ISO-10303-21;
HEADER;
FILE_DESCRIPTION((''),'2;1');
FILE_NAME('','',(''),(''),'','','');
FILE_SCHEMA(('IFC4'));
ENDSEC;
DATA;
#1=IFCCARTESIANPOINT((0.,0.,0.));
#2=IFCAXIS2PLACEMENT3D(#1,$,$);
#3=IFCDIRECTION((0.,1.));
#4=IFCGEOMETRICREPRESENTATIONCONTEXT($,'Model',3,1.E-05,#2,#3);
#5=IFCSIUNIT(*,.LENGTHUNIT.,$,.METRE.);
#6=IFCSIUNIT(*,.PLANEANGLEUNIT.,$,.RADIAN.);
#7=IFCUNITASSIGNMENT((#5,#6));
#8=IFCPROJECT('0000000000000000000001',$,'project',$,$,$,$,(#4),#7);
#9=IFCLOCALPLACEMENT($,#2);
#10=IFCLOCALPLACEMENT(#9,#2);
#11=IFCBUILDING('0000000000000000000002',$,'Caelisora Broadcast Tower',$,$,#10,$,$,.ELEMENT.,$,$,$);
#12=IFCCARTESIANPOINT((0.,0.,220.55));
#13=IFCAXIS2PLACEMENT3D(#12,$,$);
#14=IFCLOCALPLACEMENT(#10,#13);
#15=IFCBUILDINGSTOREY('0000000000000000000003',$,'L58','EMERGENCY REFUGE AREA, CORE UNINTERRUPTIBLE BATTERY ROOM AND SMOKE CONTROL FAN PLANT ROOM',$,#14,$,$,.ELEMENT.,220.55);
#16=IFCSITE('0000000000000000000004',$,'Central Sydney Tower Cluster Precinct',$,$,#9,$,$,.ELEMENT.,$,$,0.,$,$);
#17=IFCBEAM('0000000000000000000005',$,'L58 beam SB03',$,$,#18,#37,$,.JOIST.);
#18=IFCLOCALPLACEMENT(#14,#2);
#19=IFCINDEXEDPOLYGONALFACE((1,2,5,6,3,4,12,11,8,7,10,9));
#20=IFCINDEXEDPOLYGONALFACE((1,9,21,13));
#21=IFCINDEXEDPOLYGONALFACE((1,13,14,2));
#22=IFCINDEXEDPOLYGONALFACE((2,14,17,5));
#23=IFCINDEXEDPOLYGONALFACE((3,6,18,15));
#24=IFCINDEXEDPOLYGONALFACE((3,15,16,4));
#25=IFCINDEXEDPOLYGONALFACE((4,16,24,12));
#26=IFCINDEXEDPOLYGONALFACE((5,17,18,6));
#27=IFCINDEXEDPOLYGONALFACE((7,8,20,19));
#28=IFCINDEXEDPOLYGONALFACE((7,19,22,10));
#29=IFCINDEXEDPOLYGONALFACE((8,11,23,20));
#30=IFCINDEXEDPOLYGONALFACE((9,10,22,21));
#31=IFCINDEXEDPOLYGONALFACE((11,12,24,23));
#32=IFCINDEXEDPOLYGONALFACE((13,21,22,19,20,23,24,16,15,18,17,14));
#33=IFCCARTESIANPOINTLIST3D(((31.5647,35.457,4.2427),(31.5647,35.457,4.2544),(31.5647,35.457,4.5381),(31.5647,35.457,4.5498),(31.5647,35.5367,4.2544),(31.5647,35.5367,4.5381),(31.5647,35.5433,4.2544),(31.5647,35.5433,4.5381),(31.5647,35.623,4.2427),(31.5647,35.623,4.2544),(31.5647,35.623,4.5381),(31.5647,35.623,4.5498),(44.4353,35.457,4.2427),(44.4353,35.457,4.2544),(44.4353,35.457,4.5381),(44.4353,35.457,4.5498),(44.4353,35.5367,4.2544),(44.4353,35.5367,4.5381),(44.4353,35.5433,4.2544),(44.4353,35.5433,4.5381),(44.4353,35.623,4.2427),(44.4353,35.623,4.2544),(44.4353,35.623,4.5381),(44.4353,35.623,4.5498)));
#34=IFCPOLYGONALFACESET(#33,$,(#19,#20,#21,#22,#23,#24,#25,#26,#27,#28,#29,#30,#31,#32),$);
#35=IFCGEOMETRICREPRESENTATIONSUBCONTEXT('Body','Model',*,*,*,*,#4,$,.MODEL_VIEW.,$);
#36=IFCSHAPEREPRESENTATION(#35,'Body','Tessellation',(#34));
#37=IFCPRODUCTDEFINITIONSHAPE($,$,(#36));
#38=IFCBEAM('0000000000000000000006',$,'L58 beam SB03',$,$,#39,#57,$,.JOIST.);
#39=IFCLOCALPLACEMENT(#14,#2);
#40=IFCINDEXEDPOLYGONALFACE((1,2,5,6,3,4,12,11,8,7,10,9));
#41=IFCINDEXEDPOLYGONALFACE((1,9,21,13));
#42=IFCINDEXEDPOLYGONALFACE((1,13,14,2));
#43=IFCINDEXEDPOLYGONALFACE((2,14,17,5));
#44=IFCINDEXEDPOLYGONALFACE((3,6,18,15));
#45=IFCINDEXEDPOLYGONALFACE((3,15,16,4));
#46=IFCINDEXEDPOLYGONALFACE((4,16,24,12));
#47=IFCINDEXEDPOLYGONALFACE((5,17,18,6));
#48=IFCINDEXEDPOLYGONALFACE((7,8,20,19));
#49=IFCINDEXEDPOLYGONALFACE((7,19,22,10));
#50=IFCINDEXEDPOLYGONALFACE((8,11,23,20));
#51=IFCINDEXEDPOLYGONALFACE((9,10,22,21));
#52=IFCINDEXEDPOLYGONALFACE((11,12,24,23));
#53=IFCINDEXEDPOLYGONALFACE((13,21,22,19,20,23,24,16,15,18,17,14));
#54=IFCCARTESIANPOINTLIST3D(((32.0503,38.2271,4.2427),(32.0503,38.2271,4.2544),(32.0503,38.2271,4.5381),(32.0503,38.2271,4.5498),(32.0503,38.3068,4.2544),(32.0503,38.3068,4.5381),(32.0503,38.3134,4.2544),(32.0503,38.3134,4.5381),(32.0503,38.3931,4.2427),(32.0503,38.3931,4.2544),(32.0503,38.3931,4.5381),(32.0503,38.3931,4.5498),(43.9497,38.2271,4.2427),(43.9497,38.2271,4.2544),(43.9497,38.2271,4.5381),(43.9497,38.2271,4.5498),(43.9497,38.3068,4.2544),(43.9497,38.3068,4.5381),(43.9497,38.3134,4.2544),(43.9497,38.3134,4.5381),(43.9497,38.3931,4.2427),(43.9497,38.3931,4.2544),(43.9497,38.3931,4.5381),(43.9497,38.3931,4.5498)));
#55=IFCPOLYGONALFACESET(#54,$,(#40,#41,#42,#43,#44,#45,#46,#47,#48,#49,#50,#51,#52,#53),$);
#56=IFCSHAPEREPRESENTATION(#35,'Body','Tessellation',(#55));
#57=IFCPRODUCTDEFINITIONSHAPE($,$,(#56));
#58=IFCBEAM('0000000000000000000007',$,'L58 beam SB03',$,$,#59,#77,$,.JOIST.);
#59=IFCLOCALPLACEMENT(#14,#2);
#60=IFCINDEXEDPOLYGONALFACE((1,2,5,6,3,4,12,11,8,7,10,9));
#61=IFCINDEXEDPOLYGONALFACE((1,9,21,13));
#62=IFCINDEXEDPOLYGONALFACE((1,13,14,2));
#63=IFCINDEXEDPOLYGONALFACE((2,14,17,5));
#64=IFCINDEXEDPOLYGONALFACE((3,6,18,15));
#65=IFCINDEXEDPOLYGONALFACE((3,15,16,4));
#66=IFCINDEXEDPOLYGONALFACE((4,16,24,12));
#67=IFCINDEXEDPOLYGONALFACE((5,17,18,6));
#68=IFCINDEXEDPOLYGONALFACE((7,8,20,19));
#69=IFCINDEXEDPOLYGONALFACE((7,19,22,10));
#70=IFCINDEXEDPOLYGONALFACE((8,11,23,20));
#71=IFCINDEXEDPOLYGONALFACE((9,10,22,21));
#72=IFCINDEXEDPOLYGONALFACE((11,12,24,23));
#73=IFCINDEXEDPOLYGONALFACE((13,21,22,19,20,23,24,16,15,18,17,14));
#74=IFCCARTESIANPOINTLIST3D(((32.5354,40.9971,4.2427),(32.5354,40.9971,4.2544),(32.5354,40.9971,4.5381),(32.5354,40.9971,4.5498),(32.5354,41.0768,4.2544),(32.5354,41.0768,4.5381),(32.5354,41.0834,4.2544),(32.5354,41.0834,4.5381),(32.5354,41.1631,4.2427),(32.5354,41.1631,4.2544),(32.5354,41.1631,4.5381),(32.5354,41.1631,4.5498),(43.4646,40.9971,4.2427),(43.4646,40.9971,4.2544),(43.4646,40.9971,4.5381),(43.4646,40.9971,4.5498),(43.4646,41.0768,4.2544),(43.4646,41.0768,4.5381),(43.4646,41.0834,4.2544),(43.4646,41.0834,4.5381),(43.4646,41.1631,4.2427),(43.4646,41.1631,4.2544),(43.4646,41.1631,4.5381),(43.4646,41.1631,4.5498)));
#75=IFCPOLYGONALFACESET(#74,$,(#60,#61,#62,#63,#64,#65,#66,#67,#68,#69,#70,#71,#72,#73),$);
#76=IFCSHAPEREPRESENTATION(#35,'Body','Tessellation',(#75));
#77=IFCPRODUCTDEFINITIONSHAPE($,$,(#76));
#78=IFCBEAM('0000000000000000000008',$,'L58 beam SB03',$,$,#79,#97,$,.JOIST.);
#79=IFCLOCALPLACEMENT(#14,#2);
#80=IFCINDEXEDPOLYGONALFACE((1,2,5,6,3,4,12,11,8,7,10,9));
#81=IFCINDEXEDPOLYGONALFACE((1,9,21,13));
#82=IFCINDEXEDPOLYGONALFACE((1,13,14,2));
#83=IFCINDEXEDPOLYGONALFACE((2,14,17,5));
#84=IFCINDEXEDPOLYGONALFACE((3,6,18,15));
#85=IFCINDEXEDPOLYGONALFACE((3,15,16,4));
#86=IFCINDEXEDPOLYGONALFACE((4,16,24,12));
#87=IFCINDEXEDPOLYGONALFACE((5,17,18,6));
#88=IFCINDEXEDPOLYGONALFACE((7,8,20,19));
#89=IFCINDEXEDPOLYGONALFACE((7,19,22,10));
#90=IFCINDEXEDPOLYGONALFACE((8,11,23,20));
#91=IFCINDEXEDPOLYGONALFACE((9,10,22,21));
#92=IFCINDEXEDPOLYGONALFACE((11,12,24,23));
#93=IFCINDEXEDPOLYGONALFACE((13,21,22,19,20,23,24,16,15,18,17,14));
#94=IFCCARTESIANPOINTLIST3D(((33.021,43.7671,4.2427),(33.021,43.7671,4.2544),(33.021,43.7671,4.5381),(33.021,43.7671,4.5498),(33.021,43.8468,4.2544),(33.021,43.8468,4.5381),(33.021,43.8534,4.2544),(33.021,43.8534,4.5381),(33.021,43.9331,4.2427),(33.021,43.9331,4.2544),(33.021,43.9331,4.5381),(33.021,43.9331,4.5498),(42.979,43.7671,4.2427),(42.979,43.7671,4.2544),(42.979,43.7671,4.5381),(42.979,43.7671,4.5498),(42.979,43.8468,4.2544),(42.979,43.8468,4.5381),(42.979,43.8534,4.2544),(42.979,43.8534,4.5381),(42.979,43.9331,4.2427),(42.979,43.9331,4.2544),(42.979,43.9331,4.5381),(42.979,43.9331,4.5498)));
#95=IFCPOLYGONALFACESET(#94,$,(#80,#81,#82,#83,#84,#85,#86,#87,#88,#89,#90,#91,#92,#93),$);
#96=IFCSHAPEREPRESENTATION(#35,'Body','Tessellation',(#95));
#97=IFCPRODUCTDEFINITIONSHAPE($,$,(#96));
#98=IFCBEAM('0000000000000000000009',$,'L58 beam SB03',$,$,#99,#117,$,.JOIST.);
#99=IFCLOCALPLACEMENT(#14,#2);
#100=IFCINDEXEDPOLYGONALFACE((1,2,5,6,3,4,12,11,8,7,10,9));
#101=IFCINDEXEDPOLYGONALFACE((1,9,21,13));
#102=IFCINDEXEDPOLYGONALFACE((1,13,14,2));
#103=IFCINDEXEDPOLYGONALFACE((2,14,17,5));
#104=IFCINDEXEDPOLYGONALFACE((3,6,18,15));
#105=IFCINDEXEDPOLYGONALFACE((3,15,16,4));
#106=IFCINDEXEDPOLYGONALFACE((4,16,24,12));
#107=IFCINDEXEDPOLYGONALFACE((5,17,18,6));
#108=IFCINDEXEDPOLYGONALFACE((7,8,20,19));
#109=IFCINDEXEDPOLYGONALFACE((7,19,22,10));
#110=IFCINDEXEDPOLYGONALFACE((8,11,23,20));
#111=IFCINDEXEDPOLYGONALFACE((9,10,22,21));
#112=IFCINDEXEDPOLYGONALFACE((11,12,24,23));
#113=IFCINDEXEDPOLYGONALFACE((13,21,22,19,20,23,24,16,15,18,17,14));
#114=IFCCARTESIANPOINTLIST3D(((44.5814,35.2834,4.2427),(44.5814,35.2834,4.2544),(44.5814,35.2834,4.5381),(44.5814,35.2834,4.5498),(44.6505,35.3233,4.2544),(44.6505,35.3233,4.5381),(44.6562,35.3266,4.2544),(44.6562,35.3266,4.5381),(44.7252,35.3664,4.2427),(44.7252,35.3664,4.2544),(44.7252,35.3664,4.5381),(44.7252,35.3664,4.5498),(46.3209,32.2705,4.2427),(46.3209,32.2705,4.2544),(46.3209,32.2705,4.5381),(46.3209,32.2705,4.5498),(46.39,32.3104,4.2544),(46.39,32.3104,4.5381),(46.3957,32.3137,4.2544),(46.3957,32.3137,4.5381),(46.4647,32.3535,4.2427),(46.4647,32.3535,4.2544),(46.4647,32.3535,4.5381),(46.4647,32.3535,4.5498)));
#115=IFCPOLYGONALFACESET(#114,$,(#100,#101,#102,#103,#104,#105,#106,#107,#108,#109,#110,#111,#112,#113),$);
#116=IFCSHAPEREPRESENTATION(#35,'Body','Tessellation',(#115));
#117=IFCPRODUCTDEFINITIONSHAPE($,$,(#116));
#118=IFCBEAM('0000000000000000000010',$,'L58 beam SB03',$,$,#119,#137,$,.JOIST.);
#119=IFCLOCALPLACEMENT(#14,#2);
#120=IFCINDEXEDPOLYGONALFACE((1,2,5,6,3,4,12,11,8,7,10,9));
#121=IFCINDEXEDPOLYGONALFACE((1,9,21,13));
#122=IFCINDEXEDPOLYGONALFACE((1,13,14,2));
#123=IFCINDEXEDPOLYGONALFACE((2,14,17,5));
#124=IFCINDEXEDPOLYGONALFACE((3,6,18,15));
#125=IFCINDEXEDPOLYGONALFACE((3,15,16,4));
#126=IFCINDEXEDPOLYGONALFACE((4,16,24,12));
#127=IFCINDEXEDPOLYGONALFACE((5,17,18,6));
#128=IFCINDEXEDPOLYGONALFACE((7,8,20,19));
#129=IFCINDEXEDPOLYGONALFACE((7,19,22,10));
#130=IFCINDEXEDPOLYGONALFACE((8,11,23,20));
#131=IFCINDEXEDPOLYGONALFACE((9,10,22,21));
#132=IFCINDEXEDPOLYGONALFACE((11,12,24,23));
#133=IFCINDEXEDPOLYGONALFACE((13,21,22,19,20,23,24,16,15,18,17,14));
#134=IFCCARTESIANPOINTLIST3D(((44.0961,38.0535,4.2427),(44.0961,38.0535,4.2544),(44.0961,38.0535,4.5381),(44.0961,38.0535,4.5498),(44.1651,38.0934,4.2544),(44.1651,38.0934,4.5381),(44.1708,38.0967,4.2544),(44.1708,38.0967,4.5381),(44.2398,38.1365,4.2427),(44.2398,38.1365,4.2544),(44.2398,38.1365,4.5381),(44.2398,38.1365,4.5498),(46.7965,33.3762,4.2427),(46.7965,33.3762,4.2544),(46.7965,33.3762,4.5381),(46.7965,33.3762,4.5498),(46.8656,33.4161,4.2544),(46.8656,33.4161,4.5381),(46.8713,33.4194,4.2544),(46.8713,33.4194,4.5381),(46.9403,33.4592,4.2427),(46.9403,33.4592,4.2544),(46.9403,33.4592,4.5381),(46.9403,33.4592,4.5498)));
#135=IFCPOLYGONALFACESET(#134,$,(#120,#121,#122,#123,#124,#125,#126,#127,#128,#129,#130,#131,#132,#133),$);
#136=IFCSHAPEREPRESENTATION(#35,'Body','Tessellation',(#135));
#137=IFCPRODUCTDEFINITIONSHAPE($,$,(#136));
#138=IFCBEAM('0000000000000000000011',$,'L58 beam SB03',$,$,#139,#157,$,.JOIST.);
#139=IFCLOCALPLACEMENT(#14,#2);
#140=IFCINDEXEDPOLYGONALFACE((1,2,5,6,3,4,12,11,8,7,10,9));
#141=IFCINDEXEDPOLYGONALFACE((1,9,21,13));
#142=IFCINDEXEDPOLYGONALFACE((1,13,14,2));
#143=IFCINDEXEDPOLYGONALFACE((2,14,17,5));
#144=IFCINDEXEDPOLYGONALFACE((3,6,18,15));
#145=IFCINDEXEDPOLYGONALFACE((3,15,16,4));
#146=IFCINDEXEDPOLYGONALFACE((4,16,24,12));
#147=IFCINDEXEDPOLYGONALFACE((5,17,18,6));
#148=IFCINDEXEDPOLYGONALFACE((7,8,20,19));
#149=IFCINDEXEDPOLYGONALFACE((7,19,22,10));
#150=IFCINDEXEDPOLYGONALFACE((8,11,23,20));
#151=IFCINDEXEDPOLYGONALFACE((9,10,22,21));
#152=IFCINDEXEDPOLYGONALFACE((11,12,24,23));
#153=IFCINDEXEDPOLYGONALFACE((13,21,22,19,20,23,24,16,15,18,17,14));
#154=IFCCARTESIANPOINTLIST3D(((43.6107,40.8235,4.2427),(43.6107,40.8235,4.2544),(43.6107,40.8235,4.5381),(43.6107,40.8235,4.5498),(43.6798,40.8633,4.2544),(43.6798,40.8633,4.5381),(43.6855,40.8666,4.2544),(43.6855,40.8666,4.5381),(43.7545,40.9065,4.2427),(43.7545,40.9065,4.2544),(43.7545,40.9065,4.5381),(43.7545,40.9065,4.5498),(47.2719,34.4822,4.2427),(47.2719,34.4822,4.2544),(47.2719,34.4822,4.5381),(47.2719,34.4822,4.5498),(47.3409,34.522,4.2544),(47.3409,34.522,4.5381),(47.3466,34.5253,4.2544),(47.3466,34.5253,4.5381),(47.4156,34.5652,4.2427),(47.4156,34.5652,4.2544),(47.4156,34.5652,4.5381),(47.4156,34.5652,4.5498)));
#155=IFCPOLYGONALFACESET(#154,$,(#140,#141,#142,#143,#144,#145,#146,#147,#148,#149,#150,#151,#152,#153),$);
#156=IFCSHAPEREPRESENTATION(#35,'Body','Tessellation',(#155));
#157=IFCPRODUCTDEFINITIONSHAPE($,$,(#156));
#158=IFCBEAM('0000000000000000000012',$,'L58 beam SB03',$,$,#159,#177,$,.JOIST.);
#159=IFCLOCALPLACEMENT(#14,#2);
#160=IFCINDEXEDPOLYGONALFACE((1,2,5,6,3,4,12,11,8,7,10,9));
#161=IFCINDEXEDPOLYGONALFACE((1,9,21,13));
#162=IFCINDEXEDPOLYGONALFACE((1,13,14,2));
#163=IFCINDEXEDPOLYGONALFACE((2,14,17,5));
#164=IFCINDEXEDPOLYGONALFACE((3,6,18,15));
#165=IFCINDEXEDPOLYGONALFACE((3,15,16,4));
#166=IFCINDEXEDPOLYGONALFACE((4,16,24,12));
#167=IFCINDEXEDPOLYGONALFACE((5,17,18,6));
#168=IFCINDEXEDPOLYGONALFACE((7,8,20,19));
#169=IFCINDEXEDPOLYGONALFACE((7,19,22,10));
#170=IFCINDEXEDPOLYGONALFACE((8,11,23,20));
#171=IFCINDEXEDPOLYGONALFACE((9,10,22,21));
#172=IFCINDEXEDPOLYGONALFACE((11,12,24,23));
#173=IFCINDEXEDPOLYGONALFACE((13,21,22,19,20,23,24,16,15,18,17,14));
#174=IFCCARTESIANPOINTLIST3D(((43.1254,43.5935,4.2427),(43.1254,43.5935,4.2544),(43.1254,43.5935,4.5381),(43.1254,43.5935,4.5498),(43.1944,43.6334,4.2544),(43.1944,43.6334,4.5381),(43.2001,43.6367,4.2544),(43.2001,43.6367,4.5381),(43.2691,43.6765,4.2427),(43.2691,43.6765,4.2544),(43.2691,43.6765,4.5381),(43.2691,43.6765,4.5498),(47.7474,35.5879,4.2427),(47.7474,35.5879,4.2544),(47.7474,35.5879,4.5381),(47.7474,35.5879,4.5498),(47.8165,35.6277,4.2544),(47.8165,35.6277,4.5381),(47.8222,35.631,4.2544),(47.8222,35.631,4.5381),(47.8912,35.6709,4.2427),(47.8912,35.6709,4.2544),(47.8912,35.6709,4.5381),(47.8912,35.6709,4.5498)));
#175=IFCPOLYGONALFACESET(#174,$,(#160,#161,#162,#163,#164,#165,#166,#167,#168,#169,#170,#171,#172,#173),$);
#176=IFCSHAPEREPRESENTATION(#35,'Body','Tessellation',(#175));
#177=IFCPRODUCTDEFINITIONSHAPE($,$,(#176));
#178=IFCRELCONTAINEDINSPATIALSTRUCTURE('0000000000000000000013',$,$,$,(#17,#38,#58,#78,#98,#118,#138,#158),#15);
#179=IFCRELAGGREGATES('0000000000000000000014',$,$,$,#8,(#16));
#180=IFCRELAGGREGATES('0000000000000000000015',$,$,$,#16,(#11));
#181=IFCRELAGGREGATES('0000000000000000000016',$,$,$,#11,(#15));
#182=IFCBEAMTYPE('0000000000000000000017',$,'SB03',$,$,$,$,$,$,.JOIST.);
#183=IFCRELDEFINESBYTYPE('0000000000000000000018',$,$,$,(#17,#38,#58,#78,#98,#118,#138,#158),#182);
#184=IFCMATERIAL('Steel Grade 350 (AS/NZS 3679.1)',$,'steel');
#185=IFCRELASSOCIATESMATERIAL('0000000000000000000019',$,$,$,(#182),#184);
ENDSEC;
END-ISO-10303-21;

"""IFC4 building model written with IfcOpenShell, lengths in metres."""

from ifc_helpers import new_model, si_unit, direction, frame, origin, origin_2d, place, context, subcontext, project, spatial, i_section, extrude, source, transform, mapped, material, material_profile, profile_set, type_object, element, save


model = new_model("IFC4")

# Units and contexts
model_context = context("Model", 3, precision=1e-05, world=origin(), true_north=direction((0.0, 1.0)))
body_context = subcontext(model_context, "Body", "Model", "MODEL_VIEW")
ifc_project = project(units=[si_unit("LENGTHUNIT", "METRE"), si_unit("PLANEANGLEUNIT", "RADIAN")], contexts=[model_context])

# Site, building, storey
site_placement = place(None, origin())
site = spatial("IfcSite", under=ifc_project, at=site_placement, Name="Central Sydney Tower Cluster Precinct", CompositionType="ELEMENT", RefElevation=0.0)
building_placement = place(site_placement, origin())
building = spatial("IfcBuilding", under=site, at=building_placement, Name="Caelisora Broadcast Tower", CompositionType="ELEMENT")
storey_placement = place(building_placement, frame((0.0, 0.0, 220.55)))
storey = spatial("IfcBuildingStorey", under=building, at=storey_placement, Name="L58", Description="EMERGENCY REFUGE AREA, CORE UNINTERRUPTIBLE BATTERY ROOM AND SMOKE CONTROL FAN PLANT ROOM", CompositionType="ELEMENT", Elevation=220.55)

# Beams
ifc_material_1 = material(Name="Steel Grade 350 (AS/NZS 3679.1)", Category="steel")
ifc_material_profile_1 = material_profile(ifc_material_1, i_section(OverallWidth=0.166, OverallDepth=0.3071, WebThickness=0.0066, FlangeThickness=0.0117, at=origin_2d()), Name="Steel Grade 350 (AS/NZS 3679.1)")
ifc_profile_set_1 = profile_set([ifc_material_profile_1], Name="Steel Grade 350 (AS/NZS 3679.1)")
beam_type_1 = type_object("IfcBeamType", Name="SB03", PredefinedType="JOIST", material=ifc_profile_set_1)
shared_shape_1 = source(origin(), body_context, "Body", "SweptSolid", [
    extrude(i_section(OverallWidth=0.166, OverallDepth=0.3071, WebThickness=0.0066, FlangeThickness=0.0117, at=origin_2d()), origin(), (0.0, 0.0, 1.0), 12.8706),
])
beam_1_placement = place(storey_placement, frame((44.4353, 35.54, 4.3962), z_axis=(-1.0, 0.0, 0.0), x_axis=(0.0, -1.0, 0.0)))
element("IfcBeam", 1, at=beam_1_placement, inside=storey, type_object=beam_type_1, Name="L58 beam SB03", PredefinedType="JOIST", context=body_context, shape_type="MappedRepresentation", body=[
    mapped(shared_shape_1, transform((0.0, 0.0, 0.0), scale=1.0)),
])
shared_shape_2 = source(origin(), body_context, "Body", "SweptSolid", [
    extrude(i_section(OverallWidth=0.166, OverallDepth=0.3071, WebThickness=0.0066, FlangeThickness=0.0117, at=origin_2d()), origin(), (0.0, 0.0, 1.0), 11.8994),
])
beam_2_placement = place(storey_placement, frame((43.9497, 38.3101, 4.3962), z_axis=(-1.0, 0.0, 0.0), x_axis=(0.0, -1.0, 0.0)))
element("IfcBeam", 2, at=beam_2_placement, inside=storey, type_object=beam_type_1, Name="L58 beam SB03", PredefinedType="JOIST", context=body_context, shape_type="MappedRepresentation", body=[
    mapped(shared_shape_2, transform((0.0, 0.0, 0.0), scale=1.0)),
])
shared_shape_3 = source(origin(), body_context, "Body", "SweptSolid", [
    extrude(i_section(OverallWidth=0.166, OverallDepth=0.3071, WebThickness=0.0066, FlangeThickness=0.0117, at=origin_2d()), origin(), (0.0, 0.0, 1.0), 10.9292),
])
beam_3_placement = place(storey_placement, frame((43.4646, 41.0801, 4.3962), z_axis=(-1.0, 0.0, 0.0), x_axis=(0.0, -1.0, 0.0)))
element("IfcBeam", 3, at=beam_3_placement, inside=storey, type_object=beam_type_1, Name="L58 beam SB03", PredefinedType="JOIST", context=body_context, shape_type="MappedRepresentation", body=[
    mapped(shared_shape_3, transform((0.0, 0.0, 0.0), scale=1.0)),
])
shared_shape_4 = source(origin(), body_context, "Body", "SweptSolid", [
    extrude(i_section(OverallWidth=0.166, OverallDepth=0.3071, WebThickness=0.0066, FlangeThickness=0.0117, at=origin_2d()), origin(), (0.0, 0.0, 1.0), 9.958),
])
beam_4_placement = place(storey_placement, frame((42.979, 43.8501, 4.3962), z_axis=(-1.0, 0.0, 0.0), x_axis=(0.0, -1.0, 0.0)))
element("IfcBeam", 4, at=beam_4_placement, inside=storey, type_object=beam_type_1, Name="L58 beam SB03", PredefinedType="JOIST", context=body_context, shape_type="MappedRepresentation", body=[
    mapped(shared_shape_4, transform((0.0, 0.0, 0.0), scale=1.0)),
])
shared_shape_5 = source(origin(), body_context, "Body", "SweptSolid", [
    extrude(i_section(OverallWidth=0.166, OverallDepth=0.3071, WebThickness=0.0066, FlangeThickness=0.0117, at=origin_2d()), origin(), (0.0, 0.0, 1.0), 3.479),
])
beam_5_placement = place(storey_placement, frame((46.3928, 32.312, 4.3962), z_axis=(-0.499996, 0.866028, 0.0), x_axis=(-0.866028, -0.499996, 0.0)))
element("IfcBeam", 5, at=beam_5_placement, inside=storey, type_object=beam_type_1, Name="L58 beam SB03", PredefinedType="JOIST", context=body_context, shape_type="MappedRepresentation", body=[
    mapped(shared_shape_5, transform((0.0, 0.0, 0.0), scale=1.0)),
])
shared_shape_6 = source(origin(), body_context, "Body", "SweptSolid", [
    extrude(i_section(OverallWidth=0.166, OverallDepth=0.3071, WebThickness=0.0066, FlangeThickness=0.0117, at=origin_2d()), origin(), (0.0, 0.0, 1.0), 5.4009),
])
beam_6_placement = place(storey_placement, frame((46.8684, 33.4177, 4.3962), z_axis=(-0.500004, 0.866023, 0.0), x_axis=(-0.866023, -0.500004, 0.0)))
element("IfcBeam", 6, at=beam_6_placement, inside=storey, type_object=beam_type_1, Name="L58 beam SB03", PredefinedType="JOIST", context=body_context, shape_type="MappedRepresentation", body=[
    mapped(shared_shape_6, transform((0.0, 0.0, 0.0), scale=1.0)),
])
shared_shape_7 = source(origin(), body_context, "Body", "SweptSolid", [
    extrude(i_section(OverallWidth=0.166, OverallDepth=0.3071, WebThickness=0.0066, FlangeThickness=0.0117, at=origin_2d()), origin(), (0.0, 0.0, 1.0), 7.3223),
])
beam_7_placement = place(storey_placement, frame((47.3438, 34.5237, 4.3962), z_axis=(-0.499998, 0.866027, 0.0), x_axis=(-0.866027, -0.499998, 0.0)))
element("IfcBeam", 7, at=beam_7_placement, inside=storey, type_object=beam_type_1, Name="L58 beam SB03", PredefinedType="JOIST", context=body_context, shape_type="MappedRepresentation", body=[
    mapped(shared_shape_7, transform((0.0, 0.0, 0.0), scale=1.0)),
])
shared_shape_8 = source(origin(), body_context, "Body", "SweptSolid", [
    extrude(i_section(OverallWidth=0.166, OverallDepth=0.3071, WebThickness=0.0066, FlangeThickness=0.0117, at=origin_2d()), origin(), (0.0, 0.0, 1.0), 9.2441),
])
beam_8_placement = place(storey_placement, frame((47.8193, 35.6294, 4.3962), z_axis=(-0.500002, 0.866024, 0.0), x_axis=(-0.866024, -0.500002, 0.0)))
element("IfcBeam", 8, at=beam_8_placement, inside=storey, type_object=beam_type_1, Name="L58 beam SB03", PredefinedType="JOIST", context=body_context, shape_type="MappedRepresentation", body=[
    mapped(shared_shape_8, transform((0.0, 0.0, 0.0), scale=1.0)),
])

save(model, "model.ifc")
